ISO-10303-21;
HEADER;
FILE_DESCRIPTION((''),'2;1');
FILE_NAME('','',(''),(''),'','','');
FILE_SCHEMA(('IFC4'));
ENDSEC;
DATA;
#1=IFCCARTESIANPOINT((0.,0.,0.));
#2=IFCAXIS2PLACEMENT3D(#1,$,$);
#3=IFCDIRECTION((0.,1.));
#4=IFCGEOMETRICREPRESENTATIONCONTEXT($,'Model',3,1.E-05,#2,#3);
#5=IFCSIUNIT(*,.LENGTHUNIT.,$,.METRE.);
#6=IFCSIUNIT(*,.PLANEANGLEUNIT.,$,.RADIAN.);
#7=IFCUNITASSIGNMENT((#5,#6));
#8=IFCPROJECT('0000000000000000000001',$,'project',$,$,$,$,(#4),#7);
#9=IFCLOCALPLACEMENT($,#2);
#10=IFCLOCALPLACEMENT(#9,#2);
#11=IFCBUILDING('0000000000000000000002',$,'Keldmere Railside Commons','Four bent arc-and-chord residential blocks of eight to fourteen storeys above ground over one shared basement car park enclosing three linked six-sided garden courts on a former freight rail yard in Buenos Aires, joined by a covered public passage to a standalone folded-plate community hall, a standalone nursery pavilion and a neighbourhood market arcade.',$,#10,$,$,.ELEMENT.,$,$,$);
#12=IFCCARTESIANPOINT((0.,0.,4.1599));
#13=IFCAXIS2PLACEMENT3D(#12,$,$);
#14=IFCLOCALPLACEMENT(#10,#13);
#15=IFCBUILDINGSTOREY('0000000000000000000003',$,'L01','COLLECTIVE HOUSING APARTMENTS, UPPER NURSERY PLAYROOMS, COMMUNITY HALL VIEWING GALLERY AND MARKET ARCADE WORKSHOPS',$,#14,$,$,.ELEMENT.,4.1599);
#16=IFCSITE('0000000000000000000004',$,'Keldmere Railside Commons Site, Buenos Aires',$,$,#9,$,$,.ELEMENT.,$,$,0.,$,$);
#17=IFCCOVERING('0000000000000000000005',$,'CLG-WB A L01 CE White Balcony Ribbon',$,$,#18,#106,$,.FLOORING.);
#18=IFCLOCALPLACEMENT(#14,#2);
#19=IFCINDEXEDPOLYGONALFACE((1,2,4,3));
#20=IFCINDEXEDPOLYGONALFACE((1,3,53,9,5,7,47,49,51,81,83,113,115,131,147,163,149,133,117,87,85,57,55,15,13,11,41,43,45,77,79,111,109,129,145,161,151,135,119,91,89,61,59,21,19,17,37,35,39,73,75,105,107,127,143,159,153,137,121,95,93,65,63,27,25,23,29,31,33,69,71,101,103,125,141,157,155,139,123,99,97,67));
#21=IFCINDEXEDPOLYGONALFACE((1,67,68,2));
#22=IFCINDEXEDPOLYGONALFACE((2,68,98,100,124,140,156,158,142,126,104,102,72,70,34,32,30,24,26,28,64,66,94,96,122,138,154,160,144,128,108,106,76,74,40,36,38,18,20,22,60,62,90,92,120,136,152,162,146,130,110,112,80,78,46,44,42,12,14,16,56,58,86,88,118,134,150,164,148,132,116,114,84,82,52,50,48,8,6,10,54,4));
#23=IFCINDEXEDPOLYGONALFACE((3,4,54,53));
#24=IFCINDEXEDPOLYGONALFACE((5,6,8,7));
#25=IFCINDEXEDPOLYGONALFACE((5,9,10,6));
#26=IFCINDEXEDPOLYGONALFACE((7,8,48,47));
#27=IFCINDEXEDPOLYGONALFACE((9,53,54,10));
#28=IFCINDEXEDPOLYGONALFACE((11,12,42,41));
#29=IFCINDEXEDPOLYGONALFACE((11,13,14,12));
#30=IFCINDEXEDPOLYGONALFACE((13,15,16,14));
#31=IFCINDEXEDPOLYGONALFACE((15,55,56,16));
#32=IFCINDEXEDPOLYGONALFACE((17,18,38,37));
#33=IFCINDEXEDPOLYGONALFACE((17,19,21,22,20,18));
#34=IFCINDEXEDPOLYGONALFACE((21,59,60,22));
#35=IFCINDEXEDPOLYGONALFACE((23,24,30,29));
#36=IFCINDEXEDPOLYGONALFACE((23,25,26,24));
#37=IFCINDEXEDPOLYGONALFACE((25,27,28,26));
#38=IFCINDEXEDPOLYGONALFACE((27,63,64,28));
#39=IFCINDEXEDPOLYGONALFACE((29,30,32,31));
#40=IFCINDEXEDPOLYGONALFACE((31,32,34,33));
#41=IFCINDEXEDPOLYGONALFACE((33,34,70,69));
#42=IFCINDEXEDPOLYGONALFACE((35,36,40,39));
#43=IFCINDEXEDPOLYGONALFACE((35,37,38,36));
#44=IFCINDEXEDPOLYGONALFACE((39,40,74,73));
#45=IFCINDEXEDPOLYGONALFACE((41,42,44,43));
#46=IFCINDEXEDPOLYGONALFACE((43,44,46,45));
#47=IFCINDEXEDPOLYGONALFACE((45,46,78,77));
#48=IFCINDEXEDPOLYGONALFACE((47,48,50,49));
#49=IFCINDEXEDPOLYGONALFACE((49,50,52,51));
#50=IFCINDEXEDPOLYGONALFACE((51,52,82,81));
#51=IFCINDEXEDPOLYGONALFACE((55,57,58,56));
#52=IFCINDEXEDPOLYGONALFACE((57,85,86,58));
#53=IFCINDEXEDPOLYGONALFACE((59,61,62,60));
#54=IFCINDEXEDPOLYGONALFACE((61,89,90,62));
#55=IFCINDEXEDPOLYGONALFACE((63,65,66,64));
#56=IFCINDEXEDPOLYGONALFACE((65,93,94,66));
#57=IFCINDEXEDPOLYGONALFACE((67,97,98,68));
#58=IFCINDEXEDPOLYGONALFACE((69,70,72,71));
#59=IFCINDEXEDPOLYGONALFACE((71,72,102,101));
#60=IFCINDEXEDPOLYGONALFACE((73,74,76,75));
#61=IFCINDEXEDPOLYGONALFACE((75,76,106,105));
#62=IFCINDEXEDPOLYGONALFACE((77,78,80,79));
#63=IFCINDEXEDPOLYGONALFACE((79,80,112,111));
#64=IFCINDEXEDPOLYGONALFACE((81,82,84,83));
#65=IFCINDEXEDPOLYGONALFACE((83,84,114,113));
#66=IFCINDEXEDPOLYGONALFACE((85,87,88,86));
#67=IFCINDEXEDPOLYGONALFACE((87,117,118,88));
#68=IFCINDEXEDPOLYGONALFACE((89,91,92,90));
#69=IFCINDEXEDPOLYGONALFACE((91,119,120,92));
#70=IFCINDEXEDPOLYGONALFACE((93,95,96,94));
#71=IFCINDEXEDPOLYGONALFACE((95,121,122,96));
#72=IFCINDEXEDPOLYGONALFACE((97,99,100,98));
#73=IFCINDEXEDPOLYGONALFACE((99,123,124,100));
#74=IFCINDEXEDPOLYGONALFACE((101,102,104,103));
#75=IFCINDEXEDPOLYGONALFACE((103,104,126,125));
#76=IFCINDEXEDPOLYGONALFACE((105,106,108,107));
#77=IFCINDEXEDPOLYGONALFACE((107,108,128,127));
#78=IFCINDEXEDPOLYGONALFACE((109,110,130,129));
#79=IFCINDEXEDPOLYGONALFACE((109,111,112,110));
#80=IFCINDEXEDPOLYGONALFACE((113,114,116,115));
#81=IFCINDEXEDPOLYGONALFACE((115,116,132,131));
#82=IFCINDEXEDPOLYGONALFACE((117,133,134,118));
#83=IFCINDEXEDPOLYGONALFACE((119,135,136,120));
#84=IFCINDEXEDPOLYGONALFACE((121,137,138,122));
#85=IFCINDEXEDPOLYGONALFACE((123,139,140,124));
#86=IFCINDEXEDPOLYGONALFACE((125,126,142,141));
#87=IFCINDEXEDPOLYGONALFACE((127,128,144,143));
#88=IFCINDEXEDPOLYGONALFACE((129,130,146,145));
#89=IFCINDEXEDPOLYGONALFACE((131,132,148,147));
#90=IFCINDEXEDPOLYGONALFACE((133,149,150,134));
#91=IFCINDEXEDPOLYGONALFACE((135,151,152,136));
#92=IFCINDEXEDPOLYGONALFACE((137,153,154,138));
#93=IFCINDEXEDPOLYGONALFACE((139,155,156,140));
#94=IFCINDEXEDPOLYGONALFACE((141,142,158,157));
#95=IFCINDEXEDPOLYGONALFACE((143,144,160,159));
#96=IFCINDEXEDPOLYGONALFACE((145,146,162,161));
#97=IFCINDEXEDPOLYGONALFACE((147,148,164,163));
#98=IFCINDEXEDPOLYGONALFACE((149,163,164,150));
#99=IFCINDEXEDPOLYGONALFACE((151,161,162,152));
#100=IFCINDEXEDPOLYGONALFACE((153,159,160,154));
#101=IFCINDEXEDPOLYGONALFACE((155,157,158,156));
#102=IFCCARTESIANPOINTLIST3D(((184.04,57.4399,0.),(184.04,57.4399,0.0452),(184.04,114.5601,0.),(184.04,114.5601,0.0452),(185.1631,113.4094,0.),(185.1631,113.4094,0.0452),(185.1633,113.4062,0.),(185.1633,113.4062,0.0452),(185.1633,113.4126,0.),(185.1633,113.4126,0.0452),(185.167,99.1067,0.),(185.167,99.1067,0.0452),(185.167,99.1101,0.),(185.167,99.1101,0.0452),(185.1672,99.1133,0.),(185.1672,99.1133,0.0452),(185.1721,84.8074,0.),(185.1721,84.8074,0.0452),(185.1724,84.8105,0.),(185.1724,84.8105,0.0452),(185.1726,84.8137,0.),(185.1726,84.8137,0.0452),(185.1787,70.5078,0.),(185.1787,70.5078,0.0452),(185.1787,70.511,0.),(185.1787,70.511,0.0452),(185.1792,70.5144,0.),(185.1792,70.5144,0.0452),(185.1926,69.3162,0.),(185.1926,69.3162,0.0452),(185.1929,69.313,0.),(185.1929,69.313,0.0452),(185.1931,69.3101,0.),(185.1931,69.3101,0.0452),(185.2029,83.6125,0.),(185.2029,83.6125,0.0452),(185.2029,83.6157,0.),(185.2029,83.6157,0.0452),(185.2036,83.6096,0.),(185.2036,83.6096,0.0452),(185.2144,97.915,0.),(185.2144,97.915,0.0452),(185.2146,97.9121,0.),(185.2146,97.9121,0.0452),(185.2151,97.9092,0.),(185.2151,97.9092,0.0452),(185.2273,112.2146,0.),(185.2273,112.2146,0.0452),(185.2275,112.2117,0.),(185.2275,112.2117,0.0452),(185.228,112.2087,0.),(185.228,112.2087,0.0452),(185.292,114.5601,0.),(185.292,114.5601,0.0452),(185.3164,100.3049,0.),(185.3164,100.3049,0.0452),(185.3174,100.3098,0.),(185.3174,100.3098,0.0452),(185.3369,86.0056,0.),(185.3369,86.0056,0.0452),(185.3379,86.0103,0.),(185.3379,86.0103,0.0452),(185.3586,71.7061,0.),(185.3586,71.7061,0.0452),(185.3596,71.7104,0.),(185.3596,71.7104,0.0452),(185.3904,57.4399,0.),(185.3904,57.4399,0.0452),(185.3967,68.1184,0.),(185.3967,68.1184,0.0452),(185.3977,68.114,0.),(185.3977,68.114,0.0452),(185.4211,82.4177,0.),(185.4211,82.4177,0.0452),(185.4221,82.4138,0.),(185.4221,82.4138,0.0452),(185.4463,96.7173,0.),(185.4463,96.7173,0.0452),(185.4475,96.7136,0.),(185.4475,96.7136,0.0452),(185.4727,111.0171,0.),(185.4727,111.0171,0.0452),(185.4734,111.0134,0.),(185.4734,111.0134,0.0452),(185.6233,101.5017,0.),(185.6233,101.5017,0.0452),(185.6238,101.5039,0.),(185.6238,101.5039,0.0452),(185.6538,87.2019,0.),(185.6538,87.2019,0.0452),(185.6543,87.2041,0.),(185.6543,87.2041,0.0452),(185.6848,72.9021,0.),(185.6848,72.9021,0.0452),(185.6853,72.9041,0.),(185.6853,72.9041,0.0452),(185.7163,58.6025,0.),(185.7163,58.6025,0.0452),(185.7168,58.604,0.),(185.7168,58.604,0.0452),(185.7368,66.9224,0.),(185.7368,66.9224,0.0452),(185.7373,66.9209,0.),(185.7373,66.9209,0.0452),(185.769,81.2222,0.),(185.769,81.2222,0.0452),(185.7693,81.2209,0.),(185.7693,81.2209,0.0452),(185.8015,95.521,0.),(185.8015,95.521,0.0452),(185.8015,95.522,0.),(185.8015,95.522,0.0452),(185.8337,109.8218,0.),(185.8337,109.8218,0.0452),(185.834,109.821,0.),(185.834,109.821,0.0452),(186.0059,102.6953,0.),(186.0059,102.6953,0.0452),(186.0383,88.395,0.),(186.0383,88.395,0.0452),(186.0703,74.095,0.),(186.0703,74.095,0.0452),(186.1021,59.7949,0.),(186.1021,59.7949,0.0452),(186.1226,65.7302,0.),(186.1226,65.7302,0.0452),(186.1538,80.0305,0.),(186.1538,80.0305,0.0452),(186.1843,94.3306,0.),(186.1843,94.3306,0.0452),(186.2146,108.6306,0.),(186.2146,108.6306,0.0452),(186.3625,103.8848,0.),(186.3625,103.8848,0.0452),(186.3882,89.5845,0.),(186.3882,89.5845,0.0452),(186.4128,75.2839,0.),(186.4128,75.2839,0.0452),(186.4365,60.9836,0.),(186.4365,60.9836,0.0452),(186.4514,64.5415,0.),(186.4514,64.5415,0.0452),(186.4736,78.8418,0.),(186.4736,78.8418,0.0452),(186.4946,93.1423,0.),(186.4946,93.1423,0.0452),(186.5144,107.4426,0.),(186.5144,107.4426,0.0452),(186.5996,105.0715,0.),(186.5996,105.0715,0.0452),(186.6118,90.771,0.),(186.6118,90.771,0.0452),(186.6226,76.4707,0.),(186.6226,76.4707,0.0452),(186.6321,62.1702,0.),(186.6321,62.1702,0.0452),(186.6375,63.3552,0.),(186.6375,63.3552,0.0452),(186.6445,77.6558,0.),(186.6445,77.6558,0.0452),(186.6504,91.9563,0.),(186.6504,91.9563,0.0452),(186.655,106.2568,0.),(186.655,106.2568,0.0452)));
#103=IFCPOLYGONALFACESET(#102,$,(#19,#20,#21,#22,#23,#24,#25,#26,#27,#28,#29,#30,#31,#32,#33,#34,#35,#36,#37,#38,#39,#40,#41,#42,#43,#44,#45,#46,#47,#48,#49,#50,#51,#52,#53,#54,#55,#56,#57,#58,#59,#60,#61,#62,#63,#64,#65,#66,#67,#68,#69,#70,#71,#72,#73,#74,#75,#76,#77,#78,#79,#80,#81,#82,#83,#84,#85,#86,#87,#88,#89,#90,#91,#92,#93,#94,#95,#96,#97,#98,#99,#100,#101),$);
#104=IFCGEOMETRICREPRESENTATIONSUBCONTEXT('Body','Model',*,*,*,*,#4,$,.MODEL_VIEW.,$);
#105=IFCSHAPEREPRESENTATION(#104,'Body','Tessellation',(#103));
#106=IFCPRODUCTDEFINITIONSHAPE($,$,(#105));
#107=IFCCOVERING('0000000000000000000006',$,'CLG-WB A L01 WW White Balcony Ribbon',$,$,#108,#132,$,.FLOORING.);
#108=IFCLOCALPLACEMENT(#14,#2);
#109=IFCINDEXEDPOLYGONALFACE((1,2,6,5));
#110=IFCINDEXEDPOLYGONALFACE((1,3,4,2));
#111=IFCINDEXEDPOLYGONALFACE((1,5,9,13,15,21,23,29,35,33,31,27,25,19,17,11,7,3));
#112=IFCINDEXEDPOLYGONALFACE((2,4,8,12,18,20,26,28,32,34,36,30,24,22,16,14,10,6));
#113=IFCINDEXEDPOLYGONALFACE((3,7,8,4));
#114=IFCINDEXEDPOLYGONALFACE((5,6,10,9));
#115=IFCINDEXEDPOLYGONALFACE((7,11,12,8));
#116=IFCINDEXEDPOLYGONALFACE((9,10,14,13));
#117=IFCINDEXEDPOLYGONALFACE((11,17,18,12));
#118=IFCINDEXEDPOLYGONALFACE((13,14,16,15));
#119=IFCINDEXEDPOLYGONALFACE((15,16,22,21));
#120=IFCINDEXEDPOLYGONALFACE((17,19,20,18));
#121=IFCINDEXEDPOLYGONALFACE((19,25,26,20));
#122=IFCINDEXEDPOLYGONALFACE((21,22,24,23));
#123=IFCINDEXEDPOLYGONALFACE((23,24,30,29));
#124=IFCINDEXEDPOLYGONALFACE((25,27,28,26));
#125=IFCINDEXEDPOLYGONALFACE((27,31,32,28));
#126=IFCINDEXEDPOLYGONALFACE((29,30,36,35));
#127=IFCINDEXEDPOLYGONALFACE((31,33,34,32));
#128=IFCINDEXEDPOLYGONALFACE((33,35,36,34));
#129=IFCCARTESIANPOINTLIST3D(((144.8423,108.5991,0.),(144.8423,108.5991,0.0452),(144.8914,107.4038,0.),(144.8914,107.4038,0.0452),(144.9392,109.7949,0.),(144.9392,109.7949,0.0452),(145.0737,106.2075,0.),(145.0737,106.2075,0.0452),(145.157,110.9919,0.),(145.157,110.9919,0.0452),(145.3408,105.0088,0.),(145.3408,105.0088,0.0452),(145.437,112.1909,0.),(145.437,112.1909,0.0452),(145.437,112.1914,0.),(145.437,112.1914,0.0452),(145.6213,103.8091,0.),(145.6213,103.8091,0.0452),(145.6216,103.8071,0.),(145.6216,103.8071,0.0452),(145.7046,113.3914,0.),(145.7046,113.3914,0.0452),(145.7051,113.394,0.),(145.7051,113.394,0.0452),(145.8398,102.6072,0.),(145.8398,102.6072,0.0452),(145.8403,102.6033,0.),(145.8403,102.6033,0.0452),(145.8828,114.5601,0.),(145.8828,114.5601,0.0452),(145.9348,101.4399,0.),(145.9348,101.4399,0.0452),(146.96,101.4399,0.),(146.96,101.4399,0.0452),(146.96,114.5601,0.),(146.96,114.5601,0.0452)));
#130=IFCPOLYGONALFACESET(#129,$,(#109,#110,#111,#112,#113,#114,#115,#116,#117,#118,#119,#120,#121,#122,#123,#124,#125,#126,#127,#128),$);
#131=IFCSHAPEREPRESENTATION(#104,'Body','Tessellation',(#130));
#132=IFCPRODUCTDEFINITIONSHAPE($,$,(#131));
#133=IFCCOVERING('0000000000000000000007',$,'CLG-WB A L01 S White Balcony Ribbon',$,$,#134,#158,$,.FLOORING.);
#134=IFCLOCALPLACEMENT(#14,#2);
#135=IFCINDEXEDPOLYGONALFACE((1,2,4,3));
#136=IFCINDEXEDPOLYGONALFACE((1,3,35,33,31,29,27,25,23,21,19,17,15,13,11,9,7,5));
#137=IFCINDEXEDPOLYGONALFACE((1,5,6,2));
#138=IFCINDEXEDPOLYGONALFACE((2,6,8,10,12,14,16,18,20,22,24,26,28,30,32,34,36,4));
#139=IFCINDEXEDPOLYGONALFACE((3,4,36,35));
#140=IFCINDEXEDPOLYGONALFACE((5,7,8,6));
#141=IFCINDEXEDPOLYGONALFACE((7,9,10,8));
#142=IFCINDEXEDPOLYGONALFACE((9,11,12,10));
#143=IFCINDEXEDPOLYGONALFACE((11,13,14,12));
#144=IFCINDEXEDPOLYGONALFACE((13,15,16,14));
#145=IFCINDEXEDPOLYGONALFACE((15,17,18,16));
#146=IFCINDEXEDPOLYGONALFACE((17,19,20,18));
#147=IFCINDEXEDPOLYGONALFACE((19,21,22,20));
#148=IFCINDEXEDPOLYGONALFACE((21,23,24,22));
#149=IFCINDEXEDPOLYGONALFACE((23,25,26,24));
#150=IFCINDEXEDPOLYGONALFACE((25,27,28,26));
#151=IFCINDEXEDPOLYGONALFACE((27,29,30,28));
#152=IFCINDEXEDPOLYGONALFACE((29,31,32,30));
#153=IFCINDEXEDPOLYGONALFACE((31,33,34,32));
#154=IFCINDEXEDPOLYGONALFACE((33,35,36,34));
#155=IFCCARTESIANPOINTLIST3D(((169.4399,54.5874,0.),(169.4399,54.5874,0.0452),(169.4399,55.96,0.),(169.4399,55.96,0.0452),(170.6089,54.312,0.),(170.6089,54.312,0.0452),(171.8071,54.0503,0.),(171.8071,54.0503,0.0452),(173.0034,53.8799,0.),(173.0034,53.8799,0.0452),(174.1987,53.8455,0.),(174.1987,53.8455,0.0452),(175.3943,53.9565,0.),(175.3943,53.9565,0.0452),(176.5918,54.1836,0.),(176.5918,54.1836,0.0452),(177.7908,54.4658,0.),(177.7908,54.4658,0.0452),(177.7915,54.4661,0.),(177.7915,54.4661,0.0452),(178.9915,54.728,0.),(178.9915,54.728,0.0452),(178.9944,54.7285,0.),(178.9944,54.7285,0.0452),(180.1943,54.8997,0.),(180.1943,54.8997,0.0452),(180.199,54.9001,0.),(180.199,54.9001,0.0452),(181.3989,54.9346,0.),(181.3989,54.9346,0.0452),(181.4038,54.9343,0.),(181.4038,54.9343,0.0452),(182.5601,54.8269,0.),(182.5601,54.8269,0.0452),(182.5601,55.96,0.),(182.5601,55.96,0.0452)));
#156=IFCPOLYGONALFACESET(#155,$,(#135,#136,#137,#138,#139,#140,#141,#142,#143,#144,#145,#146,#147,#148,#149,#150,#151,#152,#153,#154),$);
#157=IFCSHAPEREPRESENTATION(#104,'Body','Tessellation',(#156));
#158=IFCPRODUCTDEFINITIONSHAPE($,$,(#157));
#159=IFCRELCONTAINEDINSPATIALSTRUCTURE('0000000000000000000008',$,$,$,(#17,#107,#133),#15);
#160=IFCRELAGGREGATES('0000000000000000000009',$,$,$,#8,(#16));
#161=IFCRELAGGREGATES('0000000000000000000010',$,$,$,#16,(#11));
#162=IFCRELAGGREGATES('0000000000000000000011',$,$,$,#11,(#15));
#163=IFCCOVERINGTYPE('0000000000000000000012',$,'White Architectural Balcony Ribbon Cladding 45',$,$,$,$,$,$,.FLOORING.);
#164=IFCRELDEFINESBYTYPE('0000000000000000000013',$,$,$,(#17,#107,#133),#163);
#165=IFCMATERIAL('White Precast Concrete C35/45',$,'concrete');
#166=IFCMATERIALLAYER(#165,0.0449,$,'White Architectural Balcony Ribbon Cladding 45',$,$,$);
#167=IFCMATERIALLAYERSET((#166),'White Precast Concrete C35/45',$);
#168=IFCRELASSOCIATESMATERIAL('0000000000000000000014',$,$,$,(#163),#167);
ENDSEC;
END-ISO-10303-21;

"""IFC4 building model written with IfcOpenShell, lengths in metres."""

from ifc_helpers import new_model, si_unit, direction, frame, origin, place, context, subcontext, project, spatial, polyline, outline, extrude, material, layer, layer_set, type_object, element, save


model = new_model("IFC4")

# Units and contexts
model_context = context("Model", 3, precision=1e-05, world=origin(), true_north=direction((0.0, 1.0)))
body_context = subcontext(model_context, "Body", "Model", "MODEL_VIEW")
ifc_project = project(units=[si_unit("LENGTHUNIT", "METRE"), si_unit("PLANEANGLEUNIT", "RADIAN")], contexts=[model_context])

# Site, building, storey
site_placement = place(None, origin())
site = spatial("IfcSite", under=ifc_project, at=site_placement, Name="Keldmere Railside Commons Site, Buenos Aires", CompositionType="ELEMENT", RefElevation=0.0)
building_placement = place(site_placement, origin())
building = spatial("IfcBuilding", under=site, at=building_placement, Name="Keldmere Railside Commons", Description="Four bent arc-and-chord residential blocks of eight to fourteen storeys above ground over one shared basement car park enclosing three linked six-sided garden courts on a former freight rail yard in Buenos Aires, joined by a covered public passage to a standalone folded-plate community hall, a standalone nursery pavilion and a neighbourhood market arcade.", CompositionType="ELEMENT")
storey_placement = place(building_placement, frame((0.0, 0.0, 4.1599)))
storey = spatial("IfcBuildingStorey", under=building, at=storey_placement, Name="L01", Description="COLLECTIVE HOUSING APARTMENTS, UPPER NURSERY PLAYROOMS, COMMUNITY HALL VIEWING GALLERY AND MARKET ARCADE WORKSHOPS", CompositionType="ELEMENT", Elevation=4.1599)

# Coverings
ifc_material_1 = material(Name="White Precast Concrete C35/45", Category="concrete")
ifc_layer_1 = layer(ifc_material_1, 0.0449, Name="White Architectural Balcony Ribbon Cladding 45")
ifc_layer_set_1 = layer_set([ifc_layer_1], Name="White Precast Concrete C35/45")
covering_type = type_object("IfcCoveringType", Name="White Architectural Balcony Ribbon Cladding 45", PredefinedType="FLOORING", material=ifc_layer_set_1)
covering_1_placement = place(storey_placement, origin())
element("IfcCovering", 1, at=covering_1_placement, inside=storey, type_object=covering_type, Name="CLG-WB A L01 CE White Balcony Ribbon", PredefinedType="FLOORING", context=body_context, shape_type="SweptSolid", body=[
    extrude(outline(polyline([(185.7163, 58.6025), (185.7168, 58.604), (186.1021, 59.7949), (186.4365, 60.9836), (186.6321, 62.1702), (186.6375, 63.3552), (186.4514, 64.5415), (186.1226, 65.7302), (185.7373, 66.9209), (185.7368, 66.9224), (185.3977, 68.114), (185.3967, 68.1184), (185.1931, 69.3101), (185.1929, 69.313), (185.1926, 69.3162), (185.1787, 70.5078), (185.1787, 70.511), (185.1792, 70.5144), (185.3586, 71.7061), (185.3596, 71.7104), (185.6848, 72.9021), (185.6853, 72.9041), (186.0703, 74.095), (186.4128, 75.2839), (186.6226, 76.4707), (186.6445, 77.6558), (186.4736, 78.8418), (186.1538, 80.0305), (185.7693, 81.2209), (185.769, 81.2222), (185.4221, 82.4138), (185.4211, 82.4177), (185.2036, 83.6096), (185.2029, 83.6125), (185.2029, 83.6157), (185.1721, 84.8074), (185.1724, 84.8105), (185.1726, 84.8137), (185.3369, 86.0056), (185.3379, 86.0103), (185.6538, 87.2019), (185.6543, 87.2041), (186.0383, 88.395), (186.3882, 89.5845), (186.6118, 90.771), (186.6504, 91.9563), (186.4946, 93.1423), (186.1843, 94.3306), (185.8015, 95.521), (185.8015, 95.522), (185.4475, 96.7136), (185.4463, 96.7173), (185.2151, 97.9092), (185.2146, 97.9121), (185.2144, 97.915), (185.167, 99.1067), (185.167, 99.1101), (185.1672, 99.1133), (185.3164, 100.3049), (185.3174, 100.3098), (185.6233, 101.5017), (185.6238, 101.5039), (186.0059, 102.6953), (186.3625, 103.8848), (186.5996, 105.0715), (186.655, 106.2568), (186.5144, 107.4426), (186.2146, 108.6306), (185.834, 109.821), (185.8337, 109.8218), (185.4734, 111.0134), (185.4727, 111.0171), (185.228, 112.2087), (185.2275, 112.2117), (185.2273, 112.2146), (185.1633, 113.4062), (185.1631, 113.4094), (185.1633, 113.4126), (185.292, 114.5601), (184.04, 114.5601), (184.04, 57.4399), (185.3904, 57.4399), (185.7163, 58.6025)])), origin(), (0.0, 0.0, 1.0), 0.0452),
])
covering_2_placement = place(storey_placement, origin())
element("IfcCovering", 2, at=covering_2_placement, inside=storey, type_object=covering_type, Name="CLG-WB A L01 WW White Balcony Ribbon", PredefinedType="FLOORING", context=body_context, shape_type="SweptSolid", body=[
    extrude(outline(polyline([(146.96, 114.5601), (145.8828, 114.5601), (145.7051, 113.394), (145.7046, 113.3914), (145.437, 112.1914), (145.437, 112.1909), (145.157, 110.9919), (144.9392, 109.7949), (144.8423, 108.5991), (144.8914, 107.4038), (145.0737, 106.2075), (145.3408, 105.0088), (145.6213, 103.8091), (145.6216, 103.8071), (145.8398, 102.6072), (145.8403, 102.6033), (145.9348, 101.4399), (146.96, 101.4399), (146.96, 114.5601)])), origin(), (0.0, 0.0, 1.0), 0.0452),
])
covering_3_placement = place(storey_placement, origin())
element("IfcCovering", 3, at=covering_3_placement, inside=storey, type_object=covering_type, Name="CLG-WB A L01 S White Balcony Ribbon", PredefinedType="FLOORING", context=body_context, shape_type="SweptSolid", body=[
    extrude(outline(polyline([(170.6089, 54.312), (171.8071, 54.0503), (173.0034, 53.8799), (174.1987, 53.8455), (175.3943, 53.9565), (176.5918, 54.1836), (177.7908, 54.4658), (177.7915, 54.4661), (178.9915, 54.728), (178.9944, 54.7285), (180.1943, 54.8997), (180.199, 54.9001), (181.3989, 54.9346), (181.4038, 54.9343), (182.5601, 54.8269), (182.5601, 55.96), (169.4399, 55.96), (169.4399, 54.5874), (170.6089, 54.312)])), origin(), (0.0, 0.0, 1.0), 0.0452),
])

save(model, "model.ifc")
